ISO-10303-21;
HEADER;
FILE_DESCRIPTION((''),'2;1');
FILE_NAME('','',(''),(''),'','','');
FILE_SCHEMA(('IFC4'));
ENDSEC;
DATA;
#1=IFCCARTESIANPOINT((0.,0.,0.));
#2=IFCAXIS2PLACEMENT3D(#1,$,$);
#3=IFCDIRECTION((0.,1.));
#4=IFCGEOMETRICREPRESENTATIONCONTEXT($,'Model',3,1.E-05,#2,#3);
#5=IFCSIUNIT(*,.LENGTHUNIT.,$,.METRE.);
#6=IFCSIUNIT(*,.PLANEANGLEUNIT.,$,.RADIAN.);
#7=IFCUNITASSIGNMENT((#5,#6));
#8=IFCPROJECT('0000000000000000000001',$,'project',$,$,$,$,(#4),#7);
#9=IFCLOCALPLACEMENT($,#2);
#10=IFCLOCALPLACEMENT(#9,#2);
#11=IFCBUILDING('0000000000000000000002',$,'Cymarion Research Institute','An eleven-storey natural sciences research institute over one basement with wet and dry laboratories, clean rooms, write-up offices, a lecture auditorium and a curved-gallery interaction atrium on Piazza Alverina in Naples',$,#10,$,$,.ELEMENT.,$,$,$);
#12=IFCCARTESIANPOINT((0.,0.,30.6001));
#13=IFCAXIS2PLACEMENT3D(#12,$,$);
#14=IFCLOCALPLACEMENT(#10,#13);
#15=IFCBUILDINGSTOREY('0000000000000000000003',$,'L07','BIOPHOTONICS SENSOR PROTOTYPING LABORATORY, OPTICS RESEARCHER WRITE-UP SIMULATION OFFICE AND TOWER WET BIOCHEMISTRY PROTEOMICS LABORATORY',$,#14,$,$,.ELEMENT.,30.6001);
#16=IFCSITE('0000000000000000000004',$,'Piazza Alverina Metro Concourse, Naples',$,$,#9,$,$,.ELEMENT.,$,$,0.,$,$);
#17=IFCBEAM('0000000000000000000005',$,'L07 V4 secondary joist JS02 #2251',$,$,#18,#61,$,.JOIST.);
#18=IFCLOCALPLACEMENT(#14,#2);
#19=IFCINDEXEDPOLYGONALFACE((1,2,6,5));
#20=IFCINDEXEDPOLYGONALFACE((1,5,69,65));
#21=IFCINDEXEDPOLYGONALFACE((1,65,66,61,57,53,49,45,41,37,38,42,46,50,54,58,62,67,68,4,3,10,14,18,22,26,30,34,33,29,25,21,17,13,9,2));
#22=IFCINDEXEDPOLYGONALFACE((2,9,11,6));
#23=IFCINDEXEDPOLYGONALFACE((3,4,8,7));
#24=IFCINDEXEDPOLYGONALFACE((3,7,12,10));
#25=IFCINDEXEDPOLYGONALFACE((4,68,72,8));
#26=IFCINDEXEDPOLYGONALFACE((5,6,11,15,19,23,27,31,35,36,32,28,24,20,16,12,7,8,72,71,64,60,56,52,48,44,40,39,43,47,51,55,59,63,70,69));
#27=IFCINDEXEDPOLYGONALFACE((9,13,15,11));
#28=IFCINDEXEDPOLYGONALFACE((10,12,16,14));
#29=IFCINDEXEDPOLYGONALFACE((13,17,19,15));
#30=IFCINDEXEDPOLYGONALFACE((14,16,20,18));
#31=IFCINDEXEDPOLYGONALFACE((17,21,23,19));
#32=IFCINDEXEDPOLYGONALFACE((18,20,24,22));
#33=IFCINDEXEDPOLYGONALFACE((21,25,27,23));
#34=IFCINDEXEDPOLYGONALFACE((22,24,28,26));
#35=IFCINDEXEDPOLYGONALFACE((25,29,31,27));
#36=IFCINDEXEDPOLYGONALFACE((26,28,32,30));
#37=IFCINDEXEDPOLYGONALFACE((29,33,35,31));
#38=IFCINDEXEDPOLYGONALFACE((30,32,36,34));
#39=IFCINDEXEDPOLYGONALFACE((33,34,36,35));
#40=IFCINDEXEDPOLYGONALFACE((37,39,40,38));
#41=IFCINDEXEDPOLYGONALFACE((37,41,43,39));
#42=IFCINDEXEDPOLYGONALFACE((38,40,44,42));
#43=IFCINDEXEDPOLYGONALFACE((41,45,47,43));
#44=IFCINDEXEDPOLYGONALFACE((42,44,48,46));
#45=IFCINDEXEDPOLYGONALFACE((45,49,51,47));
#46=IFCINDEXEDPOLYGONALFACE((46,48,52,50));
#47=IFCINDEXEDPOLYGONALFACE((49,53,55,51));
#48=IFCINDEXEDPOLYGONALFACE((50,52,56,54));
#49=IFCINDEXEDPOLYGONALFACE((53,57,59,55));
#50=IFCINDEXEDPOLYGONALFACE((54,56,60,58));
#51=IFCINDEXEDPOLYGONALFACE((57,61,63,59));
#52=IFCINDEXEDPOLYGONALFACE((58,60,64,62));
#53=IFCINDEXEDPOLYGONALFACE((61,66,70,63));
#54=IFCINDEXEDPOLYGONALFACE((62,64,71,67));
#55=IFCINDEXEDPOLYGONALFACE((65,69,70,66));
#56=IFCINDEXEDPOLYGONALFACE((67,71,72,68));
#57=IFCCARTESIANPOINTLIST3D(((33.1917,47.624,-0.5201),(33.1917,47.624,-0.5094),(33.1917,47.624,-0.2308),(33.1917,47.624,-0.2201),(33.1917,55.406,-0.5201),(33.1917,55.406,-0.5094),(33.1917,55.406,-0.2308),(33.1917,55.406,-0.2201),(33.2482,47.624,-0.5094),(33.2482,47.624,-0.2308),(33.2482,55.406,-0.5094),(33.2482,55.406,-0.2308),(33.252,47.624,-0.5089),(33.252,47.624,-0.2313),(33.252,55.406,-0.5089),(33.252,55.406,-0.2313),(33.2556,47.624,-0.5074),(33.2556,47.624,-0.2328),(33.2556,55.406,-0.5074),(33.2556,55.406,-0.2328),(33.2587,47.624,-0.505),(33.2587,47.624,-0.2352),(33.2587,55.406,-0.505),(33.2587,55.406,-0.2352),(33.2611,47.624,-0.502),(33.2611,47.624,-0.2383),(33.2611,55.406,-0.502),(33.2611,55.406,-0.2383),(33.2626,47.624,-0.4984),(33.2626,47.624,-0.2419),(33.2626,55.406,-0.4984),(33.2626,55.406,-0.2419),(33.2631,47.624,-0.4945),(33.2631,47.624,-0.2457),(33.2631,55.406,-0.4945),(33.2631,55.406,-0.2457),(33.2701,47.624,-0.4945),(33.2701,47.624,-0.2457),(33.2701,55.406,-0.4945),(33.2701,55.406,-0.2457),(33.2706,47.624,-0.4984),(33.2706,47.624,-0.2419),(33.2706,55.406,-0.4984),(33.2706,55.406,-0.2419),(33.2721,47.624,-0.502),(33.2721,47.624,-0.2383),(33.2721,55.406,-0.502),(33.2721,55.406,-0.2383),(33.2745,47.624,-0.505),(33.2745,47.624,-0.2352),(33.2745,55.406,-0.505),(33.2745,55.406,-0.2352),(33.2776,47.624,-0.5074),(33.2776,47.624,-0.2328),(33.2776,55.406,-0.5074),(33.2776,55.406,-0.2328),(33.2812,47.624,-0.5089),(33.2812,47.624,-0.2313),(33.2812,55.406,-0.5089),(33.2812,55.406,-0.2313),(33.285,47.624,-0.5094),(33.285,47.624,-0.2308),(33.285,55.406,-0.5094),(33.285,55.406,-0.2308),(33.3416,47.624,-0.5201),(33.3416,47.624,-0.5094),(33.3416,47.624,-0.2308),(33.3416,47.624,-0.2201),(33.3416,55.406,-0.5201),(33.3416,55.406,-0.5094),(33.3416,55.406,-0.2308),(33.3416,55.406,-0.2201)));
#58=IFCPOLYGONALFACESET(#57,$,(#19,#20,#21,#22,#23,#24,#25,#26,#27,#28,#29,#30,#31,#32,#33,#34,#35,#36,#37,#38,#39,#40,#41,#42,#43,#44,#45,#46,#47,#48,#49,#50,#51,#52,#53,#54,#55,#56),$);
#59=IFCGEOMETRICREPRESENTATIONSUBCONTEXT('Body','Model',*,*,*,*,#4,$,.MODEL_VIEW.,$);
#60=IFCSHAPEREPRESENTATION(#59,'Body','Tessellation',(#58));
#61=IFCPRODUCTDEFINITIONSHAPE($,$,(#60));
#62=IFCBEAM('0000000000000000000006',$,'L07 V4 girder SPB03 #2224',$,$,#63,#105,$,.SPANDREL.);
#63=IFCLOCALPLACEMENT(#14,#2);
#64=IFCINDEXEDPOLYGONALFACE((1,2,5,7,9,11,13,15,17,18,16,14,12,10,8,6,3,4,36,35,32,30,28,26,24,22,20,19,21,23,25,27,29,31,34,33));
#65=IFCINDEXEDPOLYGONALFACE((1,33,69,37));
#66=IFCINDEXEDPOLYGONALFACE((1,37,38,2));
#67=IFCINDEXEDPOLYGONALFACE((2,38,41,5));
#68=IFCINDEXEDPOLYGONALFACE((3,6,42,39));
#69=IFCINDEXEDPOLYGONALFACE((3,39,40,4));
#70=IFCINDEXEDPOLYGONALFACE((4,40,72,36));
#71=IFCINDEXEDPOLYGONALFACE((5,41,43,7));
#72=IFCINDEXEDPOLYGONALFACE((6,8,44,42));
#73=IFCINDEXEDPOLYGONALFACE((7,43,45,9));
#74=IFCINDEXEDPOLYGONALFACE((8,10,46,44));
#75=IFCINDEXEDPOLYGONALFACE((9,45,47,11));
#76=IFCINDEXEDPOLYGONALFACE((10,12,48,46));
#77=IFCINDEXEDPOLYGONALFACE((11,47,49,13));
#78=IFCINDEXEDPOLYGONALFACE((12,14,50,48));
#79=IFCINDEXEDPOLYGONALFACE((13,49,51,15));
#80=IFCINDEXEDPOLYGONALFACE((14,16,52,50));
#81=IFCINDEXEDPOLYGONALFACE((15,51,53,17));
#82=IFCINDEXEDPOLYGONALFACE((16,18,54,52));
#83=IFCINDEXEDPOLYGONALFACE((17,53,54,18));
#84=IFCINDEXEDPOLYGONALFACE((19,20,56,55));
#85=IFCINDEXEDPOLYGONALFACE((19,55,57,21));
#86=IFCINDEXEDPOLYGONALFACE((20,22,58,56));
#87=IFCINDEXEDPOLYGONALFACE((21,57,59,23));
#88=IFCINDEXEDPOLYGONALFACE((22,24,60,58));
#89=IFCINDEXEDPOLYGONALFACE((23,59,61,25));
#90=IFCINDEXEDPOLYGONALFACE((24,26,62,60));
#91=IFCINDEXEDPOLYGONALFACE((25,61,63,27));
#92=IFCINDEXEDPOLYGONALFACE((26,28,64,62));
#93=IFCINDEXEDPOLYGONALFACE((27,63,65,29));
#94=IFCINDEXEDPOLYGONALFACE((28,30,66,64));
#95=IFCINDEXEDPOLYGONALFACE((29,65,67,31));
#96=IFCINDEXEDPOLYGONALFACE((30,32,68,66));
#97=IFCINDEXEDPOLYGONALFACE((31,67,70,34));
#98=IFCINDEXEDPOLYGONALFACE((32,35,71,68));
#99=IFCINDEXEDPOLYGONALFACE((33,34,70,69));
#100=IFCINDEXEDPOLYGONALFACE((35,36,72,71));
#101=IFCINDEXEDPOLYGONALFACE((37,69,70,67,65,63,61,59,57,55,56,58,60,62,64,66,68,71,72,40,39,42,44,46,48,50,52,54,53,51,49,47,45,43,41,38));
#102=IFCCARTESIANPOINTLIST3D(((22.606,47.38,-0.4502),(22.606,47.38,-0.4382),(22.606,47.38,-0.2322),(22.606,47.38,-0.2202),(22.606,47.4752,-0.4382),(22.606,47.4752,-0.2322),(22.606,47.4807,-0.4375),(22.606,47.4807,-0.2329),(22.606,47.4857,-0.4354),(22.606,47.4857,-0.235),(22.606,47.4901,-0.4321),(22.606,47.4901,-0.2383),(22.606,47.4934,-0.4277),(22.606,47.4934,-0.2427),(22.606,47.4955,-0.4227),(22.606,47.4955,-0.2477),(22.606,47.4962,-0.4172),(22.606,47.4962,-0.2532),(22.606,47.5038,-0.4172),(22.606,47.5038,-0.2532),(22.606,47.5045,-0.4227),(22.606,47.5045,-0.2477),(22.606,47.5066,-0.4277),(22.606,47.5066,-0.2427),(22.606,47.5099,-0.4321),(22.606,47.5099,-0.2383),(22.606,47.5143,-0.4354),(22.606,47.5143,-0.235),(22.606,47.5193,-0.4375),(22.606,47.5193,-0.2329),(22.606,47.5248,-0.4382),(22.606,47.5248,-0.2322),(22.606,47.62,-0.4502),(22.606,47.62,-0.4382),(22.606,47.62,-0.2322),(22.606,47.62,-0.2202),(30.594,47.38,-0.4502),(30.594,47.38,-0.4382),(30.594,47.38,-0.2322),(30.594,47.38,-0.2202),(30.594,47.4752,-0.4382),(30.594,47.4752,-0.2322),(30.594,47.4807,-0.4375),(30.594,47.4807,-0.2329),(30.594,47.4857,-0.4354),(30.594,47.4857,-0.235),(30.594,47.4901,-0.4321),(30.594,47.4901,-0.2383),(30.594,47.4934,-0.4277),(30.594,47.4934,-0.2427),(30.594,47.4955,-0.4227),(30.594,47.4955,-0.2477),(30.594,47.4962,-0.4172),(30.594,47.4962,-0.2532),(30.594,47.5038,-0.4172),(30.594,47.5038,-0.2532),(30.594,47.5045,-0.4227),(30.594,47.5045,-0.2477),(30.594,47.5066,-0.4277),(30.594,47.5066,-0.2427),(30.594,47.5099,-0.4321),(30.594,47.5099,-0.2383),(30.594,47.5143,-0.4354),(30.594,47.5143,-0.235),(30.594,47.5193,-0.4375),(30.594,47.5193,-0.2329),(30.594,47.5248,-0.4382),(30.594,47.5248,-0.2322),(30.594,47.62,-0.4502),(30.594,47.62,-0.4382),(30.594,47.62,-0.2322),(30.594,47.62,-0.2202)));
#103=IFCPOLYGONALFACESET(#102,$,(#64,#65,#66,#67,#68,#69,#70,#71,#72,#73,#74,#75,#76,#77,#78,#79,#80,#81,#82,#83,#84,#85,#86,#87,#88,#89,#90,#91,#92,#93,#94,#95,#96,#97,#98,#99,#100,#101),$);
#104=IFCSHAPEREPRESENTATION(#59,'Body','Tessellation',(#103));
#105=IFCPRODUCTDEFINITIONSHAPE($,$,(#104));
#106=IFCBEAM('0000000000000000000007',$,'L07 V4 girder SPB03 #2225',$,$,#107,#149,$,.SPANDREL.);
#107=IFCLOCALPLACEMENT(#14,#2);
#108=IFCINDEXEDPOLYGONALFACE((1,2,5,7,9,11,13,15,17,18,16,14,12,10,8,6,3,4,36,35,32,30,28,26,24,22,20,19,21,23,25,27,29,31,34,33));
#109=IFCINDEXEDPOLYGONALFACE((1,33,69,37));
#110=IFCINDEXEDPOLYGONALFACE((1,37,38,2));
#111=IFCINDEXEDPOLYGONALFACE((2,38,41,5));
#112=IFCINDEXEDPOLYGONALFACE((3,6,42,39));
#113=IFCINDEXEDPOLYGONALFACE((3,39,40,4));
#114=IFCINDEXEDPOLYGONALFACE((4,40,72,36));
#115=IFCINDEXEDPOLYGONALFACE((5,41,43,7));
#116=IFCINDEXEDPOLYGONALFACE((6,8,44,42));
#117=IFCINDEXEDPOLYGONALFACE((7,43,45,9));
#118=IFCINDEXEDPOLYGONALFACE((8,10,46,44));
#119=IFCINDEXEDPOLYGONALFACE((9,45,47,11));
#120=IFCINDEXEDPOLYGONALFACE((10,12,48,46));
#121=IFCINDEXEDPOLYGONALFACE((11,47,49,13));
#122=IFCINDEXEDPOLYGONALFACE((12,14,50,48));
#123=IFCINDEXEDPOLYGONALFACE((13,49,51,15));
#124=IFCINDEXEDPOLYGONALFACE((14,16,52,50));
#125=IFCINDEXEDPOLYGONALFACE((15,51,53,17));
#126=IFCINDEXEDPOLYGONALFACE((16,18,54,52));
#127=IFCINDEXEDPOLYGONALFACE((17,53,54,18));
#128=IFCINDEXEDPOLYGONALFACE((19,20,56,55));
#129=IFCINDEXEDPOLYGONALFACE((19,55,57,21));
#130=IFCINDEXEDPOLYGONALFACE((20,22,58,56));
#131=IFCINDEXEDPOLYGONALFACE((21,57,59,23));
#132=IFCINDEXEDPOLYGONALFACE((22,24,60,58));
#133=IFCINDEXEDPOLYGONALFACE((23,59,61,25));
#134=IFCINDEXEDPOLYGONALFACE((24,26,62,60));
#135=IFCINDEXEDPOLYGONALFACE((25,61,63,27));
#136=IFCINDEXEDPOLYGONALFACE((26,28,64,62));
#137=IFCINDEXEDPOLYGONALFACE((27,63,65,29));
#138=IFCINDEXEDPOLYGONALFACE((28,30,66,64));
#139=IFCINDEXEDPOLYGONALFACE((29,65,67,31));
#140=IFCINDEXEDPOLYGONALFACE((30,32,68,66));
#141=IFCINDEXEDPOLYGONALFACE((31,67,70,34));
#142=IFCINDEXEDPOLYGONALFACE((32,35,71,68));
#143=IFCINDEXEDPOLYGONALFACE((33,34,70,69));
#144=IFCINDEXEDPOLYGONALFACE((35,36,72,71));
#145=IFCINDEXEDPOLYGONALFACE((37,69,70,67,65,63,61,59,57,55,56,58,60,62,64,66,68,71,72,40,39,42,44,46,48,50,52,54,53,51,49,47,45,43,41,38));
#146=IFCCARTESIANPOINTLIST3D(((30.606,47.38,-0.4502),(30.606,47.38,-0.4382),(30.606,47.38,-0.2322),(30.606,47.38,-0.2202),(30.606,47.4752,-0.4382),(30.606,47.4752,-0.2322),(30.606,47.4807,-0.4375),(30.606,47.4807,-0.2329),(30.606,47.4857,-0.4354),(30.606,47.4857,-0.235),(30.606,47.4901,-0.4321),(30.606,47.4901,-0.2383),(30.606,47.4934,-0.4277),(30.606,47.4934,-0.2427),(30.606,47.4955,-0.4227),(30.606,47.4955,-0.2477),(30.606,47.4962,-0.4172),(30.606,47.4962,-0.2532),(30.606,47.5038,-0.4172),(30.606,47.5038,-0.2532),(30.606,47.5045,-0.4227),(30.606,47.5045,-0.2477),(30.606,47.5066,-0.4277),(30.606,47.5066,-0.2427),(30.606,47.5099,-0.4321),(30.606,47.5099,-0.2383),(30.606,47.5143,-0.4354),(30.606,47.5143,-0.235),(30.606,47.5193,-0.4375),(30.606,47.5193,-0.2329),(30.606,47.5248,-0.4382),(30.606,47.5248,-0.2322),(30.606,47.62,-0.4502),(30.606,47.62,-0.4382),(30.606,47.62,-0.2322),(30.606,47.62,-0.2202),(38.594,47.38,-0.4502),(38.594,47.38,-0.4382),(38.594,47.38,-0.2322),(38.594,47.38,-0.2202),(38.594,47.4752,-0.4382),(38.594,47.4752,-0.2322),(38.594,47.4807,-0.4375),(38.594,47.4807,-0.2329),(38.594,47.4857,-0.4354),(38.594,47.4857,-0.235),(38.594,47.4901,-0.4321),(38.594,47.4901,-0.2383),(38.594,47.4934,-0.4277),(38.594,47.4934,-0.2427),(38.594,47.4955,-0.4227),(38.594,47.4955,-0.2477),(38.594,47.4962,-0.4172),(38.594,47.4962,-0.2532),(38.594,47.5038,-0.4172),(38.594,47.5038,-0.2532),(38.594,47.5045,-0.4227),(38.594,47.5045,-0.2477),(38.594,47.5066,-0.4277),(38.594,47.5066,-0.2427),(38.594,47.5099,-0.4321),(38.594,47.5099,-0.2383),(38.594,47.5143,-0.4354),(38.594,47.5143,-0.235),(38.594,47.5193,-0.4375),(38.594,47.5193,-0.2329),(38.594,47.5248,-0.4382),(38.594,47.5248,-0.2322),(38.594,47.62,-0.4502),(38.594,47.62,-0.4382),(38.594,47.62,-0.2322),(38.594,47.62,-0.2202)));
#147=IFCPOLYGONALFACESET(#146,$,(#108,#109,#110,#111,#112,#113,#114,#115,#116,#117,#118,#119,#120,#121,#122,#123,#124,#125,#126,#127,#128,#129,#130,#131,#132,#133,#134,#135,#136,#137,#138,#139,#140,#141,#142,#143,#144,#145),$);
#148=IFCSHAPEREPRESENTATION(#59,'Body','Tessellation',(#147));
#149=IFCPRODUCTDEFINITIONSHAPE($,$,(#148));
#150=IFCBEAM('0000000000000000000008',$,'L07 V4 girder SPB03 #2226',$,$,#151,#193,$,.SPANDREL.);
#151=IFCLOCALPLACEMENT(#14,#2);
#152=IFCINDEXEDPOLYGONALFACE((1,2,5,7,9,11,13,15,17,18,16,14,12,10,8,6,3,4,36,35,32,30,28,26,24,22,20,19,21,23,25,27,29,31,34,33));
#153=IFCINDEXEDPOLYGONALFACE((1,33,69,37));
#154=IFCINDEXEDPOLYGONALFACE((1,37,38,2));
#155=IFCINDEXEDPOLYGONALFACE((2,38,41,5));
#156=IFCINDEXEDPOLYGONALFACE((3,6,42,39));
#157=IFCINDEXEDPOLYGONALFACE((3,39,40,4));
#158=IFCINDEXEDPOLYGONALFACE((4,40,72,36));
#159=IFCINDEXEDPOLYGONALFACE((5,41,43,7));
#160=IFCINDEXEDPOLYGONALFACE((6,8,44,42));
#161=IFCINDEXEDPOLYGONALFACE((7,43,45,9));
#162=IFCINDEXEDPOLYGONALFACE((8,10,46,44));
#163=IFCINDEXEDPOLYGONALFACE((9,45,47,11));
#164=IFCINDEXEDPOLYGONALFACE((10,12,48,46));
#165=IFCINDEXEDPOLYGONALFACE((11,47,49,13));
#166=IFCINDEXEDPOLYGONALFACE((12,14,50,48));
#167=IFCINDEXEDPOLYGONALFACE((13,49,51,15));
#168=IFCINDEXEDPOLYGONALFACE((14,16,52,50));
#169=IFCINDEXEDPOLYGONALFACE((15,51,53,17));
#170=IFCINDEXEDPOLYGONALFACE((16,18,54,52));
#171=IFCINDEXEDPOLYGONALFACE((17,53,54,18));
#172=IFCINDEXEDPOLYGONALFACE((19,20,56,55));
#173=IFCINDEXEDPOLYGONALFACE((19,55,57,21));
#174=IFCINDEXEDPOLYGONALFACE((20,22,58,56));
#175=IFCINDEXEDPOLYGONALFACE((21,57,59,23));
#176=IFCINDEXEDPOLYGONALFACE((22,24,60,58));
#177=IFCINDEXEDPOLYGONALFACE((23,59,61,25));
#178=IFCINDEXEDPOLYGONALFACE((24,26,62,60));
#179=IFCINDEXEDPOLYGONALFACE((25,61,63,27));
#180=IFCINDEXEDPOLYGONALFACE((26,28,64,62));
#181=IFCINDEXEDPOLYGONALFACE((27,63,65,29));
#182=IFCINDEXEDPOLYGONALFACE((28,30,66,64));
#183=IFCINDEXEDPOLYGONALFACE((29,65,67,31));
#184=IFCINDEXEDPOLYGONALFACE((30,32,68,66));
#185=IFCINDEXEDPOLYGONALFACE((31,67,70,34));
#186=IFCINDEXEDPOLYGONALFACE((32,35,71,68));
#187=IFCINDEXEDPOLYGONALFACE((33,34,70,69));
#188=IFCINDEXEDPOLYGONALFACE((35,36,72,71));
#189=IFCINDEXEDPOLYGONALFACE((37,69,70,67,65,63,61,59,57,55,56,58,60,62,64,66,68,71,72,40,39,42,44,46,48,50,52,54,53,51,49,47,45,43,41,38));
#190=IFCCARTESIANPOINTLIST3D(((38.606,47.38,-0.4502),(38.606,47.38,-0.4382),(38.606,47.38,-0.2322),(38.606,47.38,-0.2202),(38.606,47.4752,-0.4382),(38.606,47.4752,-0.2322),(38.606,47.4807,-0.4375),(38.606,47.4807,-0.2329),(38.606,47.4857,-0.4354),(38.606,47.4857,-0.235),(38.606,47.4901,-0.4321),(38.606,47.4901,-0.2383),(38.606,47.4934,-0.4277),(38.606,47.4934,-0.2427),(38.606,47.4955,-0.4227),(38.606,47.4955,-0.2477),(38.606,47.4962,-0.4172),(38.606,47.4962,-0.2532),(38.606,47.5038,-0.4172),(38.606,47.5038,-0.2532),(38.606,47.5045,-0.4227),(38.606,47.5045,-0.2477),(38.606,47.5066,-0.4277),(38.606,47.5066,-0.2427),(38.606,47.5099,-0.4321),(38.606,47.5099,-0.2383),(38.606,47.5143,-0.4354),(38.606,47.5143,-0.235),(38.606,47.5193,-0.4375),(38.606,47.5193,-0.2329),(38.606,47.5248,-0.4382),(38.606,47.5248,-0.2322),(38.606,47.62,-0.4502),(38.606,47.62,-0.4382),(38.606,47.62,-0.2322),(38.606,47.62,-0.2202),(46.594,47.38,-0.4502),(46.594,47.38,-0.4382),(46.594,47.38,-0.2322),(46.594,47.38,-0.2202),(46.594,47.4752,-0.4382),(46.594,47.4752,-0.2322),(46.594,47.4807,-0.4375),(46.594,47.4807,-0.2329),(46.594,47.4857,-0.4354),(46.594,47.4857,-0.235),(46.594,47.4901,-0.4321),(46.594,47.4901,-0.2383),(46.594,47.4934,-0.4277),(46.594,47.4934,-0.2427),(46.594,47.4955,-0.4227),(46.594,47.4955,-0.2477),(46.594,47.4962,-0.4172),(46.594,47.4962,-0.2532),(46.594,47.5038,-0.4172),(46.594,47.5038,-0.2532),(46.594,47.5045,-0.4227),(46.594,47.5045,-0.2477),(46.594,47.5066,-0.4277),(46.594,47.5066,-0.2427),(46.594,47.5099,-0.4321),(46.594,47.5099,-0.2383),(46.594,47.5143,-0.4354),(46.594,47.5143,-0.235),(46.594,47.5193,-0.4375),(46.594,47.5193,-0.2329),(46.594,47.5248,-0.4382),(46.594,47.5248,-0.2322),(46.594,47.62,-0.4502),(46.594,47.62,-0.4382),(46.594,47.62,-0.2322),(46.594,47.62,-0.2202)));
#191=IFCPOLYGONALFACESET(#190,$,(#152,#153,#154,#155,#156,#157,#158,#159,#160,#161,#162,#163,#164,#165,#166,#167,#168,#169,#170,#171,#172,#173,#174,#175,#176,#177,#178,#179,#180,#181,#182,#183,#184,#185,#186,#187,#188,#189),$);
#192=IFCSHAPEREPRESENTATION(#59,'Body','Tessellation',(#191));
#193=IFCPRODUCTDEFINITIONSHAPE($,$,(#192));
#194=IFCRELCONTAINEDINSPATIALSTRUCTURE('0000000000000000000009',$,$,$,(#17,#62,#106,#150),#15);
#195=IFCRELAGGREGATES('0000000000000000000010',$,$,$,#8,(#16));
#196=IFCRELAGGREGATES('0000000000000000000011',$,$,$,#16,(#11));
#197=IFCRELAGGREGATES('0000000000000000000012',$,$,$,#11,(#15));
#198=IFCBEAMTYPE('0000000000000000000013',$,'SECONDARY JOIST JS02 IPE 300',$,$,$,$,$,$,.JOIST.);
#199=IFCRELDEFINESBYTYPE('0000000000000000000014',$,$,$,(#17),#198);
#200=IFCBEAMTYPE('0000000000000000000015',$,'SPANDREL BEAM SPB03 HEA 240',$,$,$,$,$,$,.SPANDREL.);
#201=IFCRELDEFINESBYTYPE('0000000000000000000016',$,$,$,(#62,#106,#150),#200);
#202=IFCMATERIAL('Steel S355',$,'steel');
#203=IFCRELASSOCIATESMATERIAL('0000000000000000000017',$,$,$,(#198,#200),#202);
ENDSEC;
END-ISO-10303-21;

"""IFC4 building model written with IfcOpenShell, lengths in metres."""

from ifc_helpers import new_model, si_unit, direction, frame, origin, origin_2d, place, context, subcontext, project, spatial, i_section, extrude, material, material_profile, profile_set, type_object, element, save


model = new_model("IFC4")

# Units and contexts
model_context = context("Model", 3, precision=1e-05, world=origin(), true_north=direction((0.0, 1.0)))
body_context = subcontext(model_context, "Body", "Model", "MODEL_VIEW")
ifc_project = project(units=[si_unit("LENGTHUNIT", "METRE"), si_unit("PLANEANGLEUNIT", "RADIAN")], contexts=[model_context])

# Site, building, storey
site_placement = place(None, origin())
site = spatial("IfcSite", under=ifc_project, at=site_placement, Name="Piazza Alverina Metro Concourse, Naples", CompositionType="ELEMENT", RefElevation=0.0)
building_placement = place(site_placement, origin())
building = spatial("IfcBuilding", under=site, at=building_placement, Name="Cymarion Research Institute", Description="An eleven-storey natural sciences research institute over one basement with wet and dry laboratories, clean rooms, write-up offices, a lecture auditorium and a curved-gallery interaction atrium on Piazza Alverina in Naples", CompositionType="ELEMENT")
storey_placement = place(building_placement, frame((0.0, 0.0, 30.6001)))
storey = spatial("IfcBuildingStorey", under=building, at=storey_placement, Name="L07", Description="BIOPHOTONICS SENSOR PROTOTYPING LABORATORY, OPTICS RESEARCHER WRITE-UP SIMULATION OFFICE AND TOWER WET BIOCHEMISTRY PROTEOMICS LABORATORY", CompositionType="ELEMENT", Elevation=30.6001)

# Shared definitions
ifc_material_1 = material(Name="Steel S355", Category="steel")

# Beams
ifc_material_profile_1 = material_profile(ifc_material_1, i_section(OverallWidth=0.1499, OverallDepth=0.3, WebThickness=0.0071, FlangeThickness=0.0107, FilletRadius=0.0149, at=origin_2d()), Name="IPE 300")
ifc_profile_set_1 = profile_set([ifc_material_profile_1], Name="Steel S355")
beam_type_1 = type_object("IfcBeamType", Name="SECONDARY JOIST JS02 IPE 300", PredefinedType="JOIST", material=ifc_profile_set_1)
for number, where, z_axis, x_axis, name in (
    (1, (33.2666, 47.624, -0.3701), (0.0, 1.0, 0.0), (-1.0, 0.0, 0.0), "L07 V4 secondary joist JS02 #2251"),
):
    element("IfcBeam", number, at=place(storey_placement, frame(where, z_axis=z_axis, x_axis=x_axis)), inside=storey, type_object=beam_type_1, Name=name, PredefinedType="JOIST", context=body_context, shape_type="SweptSolid", body=[
        extrude(i_section(OverallWidth=0.1499, OverallDepth=0.3, WebThickness=0.0071, FlangeThickness=0.0107, FilletRadius=0.0149, at=origin_2d()), origin(), (0.0, 0.0, 1.0), 7.782),
    ])
ifc_material_profile_2 = material_profile(ifc_material_1, i_section(OverallWidth=0.24, OverallDepth=0.23, WebThickness=0.0076, FlangeThickness=0.012, FilletRadius=0.021, at=origin_2d()), Name="HEA 240")
ifc_profile_set_2 = profile_set([ifc_material_profile_2], Name="Steel S355")
beam_type_2 = type_object("IfcBeamType", Name="SPANDREL BEAM SPB03 HEA 240", PredefinedType="SPANDREL", material=ifc_profile_set_2)
for number, where, z_axis, x_axis, name in (
    (2, (22.606, 47.5, -0.3352), (1.0, 0.0, 0.0), (0.0, 1.0, 0.0), "L07 V4 girder SPB03 #2224"),
    (3, (30.606, 47.5, -0.3352), (1.0, 0.0, 0.0), (0.0, 1.0, 0.0), "L07 V4 girder SPB03 #2225"),
    (4, (38.606, 47.5, -0.3352), (1.0, 0.0, 0.0), (0.0, 1.0, 0.0), "L07 V4 girder SPB03 #2226"),
):
    element("IfcBeam", number, at=place(storey_placement, frame(where, z_axis=z_axis, x_axis=x_axis)), inside=storey, type_object=beam_type_2, Name=name, PredefinedType="SPANDREL", context=body_context, shape_type="SweptSolid", body=[
        extrude(i_section(OverallWidth=0.24, OverallDepth=0.23, WebThickness=0.0076, FlangeThickness=0.012, FilletRadius=0.021, at=origin_2d()), origin(), (0.0, 0.0, 1.0), 7.988),
    ])

save(model, "model.ifc")
